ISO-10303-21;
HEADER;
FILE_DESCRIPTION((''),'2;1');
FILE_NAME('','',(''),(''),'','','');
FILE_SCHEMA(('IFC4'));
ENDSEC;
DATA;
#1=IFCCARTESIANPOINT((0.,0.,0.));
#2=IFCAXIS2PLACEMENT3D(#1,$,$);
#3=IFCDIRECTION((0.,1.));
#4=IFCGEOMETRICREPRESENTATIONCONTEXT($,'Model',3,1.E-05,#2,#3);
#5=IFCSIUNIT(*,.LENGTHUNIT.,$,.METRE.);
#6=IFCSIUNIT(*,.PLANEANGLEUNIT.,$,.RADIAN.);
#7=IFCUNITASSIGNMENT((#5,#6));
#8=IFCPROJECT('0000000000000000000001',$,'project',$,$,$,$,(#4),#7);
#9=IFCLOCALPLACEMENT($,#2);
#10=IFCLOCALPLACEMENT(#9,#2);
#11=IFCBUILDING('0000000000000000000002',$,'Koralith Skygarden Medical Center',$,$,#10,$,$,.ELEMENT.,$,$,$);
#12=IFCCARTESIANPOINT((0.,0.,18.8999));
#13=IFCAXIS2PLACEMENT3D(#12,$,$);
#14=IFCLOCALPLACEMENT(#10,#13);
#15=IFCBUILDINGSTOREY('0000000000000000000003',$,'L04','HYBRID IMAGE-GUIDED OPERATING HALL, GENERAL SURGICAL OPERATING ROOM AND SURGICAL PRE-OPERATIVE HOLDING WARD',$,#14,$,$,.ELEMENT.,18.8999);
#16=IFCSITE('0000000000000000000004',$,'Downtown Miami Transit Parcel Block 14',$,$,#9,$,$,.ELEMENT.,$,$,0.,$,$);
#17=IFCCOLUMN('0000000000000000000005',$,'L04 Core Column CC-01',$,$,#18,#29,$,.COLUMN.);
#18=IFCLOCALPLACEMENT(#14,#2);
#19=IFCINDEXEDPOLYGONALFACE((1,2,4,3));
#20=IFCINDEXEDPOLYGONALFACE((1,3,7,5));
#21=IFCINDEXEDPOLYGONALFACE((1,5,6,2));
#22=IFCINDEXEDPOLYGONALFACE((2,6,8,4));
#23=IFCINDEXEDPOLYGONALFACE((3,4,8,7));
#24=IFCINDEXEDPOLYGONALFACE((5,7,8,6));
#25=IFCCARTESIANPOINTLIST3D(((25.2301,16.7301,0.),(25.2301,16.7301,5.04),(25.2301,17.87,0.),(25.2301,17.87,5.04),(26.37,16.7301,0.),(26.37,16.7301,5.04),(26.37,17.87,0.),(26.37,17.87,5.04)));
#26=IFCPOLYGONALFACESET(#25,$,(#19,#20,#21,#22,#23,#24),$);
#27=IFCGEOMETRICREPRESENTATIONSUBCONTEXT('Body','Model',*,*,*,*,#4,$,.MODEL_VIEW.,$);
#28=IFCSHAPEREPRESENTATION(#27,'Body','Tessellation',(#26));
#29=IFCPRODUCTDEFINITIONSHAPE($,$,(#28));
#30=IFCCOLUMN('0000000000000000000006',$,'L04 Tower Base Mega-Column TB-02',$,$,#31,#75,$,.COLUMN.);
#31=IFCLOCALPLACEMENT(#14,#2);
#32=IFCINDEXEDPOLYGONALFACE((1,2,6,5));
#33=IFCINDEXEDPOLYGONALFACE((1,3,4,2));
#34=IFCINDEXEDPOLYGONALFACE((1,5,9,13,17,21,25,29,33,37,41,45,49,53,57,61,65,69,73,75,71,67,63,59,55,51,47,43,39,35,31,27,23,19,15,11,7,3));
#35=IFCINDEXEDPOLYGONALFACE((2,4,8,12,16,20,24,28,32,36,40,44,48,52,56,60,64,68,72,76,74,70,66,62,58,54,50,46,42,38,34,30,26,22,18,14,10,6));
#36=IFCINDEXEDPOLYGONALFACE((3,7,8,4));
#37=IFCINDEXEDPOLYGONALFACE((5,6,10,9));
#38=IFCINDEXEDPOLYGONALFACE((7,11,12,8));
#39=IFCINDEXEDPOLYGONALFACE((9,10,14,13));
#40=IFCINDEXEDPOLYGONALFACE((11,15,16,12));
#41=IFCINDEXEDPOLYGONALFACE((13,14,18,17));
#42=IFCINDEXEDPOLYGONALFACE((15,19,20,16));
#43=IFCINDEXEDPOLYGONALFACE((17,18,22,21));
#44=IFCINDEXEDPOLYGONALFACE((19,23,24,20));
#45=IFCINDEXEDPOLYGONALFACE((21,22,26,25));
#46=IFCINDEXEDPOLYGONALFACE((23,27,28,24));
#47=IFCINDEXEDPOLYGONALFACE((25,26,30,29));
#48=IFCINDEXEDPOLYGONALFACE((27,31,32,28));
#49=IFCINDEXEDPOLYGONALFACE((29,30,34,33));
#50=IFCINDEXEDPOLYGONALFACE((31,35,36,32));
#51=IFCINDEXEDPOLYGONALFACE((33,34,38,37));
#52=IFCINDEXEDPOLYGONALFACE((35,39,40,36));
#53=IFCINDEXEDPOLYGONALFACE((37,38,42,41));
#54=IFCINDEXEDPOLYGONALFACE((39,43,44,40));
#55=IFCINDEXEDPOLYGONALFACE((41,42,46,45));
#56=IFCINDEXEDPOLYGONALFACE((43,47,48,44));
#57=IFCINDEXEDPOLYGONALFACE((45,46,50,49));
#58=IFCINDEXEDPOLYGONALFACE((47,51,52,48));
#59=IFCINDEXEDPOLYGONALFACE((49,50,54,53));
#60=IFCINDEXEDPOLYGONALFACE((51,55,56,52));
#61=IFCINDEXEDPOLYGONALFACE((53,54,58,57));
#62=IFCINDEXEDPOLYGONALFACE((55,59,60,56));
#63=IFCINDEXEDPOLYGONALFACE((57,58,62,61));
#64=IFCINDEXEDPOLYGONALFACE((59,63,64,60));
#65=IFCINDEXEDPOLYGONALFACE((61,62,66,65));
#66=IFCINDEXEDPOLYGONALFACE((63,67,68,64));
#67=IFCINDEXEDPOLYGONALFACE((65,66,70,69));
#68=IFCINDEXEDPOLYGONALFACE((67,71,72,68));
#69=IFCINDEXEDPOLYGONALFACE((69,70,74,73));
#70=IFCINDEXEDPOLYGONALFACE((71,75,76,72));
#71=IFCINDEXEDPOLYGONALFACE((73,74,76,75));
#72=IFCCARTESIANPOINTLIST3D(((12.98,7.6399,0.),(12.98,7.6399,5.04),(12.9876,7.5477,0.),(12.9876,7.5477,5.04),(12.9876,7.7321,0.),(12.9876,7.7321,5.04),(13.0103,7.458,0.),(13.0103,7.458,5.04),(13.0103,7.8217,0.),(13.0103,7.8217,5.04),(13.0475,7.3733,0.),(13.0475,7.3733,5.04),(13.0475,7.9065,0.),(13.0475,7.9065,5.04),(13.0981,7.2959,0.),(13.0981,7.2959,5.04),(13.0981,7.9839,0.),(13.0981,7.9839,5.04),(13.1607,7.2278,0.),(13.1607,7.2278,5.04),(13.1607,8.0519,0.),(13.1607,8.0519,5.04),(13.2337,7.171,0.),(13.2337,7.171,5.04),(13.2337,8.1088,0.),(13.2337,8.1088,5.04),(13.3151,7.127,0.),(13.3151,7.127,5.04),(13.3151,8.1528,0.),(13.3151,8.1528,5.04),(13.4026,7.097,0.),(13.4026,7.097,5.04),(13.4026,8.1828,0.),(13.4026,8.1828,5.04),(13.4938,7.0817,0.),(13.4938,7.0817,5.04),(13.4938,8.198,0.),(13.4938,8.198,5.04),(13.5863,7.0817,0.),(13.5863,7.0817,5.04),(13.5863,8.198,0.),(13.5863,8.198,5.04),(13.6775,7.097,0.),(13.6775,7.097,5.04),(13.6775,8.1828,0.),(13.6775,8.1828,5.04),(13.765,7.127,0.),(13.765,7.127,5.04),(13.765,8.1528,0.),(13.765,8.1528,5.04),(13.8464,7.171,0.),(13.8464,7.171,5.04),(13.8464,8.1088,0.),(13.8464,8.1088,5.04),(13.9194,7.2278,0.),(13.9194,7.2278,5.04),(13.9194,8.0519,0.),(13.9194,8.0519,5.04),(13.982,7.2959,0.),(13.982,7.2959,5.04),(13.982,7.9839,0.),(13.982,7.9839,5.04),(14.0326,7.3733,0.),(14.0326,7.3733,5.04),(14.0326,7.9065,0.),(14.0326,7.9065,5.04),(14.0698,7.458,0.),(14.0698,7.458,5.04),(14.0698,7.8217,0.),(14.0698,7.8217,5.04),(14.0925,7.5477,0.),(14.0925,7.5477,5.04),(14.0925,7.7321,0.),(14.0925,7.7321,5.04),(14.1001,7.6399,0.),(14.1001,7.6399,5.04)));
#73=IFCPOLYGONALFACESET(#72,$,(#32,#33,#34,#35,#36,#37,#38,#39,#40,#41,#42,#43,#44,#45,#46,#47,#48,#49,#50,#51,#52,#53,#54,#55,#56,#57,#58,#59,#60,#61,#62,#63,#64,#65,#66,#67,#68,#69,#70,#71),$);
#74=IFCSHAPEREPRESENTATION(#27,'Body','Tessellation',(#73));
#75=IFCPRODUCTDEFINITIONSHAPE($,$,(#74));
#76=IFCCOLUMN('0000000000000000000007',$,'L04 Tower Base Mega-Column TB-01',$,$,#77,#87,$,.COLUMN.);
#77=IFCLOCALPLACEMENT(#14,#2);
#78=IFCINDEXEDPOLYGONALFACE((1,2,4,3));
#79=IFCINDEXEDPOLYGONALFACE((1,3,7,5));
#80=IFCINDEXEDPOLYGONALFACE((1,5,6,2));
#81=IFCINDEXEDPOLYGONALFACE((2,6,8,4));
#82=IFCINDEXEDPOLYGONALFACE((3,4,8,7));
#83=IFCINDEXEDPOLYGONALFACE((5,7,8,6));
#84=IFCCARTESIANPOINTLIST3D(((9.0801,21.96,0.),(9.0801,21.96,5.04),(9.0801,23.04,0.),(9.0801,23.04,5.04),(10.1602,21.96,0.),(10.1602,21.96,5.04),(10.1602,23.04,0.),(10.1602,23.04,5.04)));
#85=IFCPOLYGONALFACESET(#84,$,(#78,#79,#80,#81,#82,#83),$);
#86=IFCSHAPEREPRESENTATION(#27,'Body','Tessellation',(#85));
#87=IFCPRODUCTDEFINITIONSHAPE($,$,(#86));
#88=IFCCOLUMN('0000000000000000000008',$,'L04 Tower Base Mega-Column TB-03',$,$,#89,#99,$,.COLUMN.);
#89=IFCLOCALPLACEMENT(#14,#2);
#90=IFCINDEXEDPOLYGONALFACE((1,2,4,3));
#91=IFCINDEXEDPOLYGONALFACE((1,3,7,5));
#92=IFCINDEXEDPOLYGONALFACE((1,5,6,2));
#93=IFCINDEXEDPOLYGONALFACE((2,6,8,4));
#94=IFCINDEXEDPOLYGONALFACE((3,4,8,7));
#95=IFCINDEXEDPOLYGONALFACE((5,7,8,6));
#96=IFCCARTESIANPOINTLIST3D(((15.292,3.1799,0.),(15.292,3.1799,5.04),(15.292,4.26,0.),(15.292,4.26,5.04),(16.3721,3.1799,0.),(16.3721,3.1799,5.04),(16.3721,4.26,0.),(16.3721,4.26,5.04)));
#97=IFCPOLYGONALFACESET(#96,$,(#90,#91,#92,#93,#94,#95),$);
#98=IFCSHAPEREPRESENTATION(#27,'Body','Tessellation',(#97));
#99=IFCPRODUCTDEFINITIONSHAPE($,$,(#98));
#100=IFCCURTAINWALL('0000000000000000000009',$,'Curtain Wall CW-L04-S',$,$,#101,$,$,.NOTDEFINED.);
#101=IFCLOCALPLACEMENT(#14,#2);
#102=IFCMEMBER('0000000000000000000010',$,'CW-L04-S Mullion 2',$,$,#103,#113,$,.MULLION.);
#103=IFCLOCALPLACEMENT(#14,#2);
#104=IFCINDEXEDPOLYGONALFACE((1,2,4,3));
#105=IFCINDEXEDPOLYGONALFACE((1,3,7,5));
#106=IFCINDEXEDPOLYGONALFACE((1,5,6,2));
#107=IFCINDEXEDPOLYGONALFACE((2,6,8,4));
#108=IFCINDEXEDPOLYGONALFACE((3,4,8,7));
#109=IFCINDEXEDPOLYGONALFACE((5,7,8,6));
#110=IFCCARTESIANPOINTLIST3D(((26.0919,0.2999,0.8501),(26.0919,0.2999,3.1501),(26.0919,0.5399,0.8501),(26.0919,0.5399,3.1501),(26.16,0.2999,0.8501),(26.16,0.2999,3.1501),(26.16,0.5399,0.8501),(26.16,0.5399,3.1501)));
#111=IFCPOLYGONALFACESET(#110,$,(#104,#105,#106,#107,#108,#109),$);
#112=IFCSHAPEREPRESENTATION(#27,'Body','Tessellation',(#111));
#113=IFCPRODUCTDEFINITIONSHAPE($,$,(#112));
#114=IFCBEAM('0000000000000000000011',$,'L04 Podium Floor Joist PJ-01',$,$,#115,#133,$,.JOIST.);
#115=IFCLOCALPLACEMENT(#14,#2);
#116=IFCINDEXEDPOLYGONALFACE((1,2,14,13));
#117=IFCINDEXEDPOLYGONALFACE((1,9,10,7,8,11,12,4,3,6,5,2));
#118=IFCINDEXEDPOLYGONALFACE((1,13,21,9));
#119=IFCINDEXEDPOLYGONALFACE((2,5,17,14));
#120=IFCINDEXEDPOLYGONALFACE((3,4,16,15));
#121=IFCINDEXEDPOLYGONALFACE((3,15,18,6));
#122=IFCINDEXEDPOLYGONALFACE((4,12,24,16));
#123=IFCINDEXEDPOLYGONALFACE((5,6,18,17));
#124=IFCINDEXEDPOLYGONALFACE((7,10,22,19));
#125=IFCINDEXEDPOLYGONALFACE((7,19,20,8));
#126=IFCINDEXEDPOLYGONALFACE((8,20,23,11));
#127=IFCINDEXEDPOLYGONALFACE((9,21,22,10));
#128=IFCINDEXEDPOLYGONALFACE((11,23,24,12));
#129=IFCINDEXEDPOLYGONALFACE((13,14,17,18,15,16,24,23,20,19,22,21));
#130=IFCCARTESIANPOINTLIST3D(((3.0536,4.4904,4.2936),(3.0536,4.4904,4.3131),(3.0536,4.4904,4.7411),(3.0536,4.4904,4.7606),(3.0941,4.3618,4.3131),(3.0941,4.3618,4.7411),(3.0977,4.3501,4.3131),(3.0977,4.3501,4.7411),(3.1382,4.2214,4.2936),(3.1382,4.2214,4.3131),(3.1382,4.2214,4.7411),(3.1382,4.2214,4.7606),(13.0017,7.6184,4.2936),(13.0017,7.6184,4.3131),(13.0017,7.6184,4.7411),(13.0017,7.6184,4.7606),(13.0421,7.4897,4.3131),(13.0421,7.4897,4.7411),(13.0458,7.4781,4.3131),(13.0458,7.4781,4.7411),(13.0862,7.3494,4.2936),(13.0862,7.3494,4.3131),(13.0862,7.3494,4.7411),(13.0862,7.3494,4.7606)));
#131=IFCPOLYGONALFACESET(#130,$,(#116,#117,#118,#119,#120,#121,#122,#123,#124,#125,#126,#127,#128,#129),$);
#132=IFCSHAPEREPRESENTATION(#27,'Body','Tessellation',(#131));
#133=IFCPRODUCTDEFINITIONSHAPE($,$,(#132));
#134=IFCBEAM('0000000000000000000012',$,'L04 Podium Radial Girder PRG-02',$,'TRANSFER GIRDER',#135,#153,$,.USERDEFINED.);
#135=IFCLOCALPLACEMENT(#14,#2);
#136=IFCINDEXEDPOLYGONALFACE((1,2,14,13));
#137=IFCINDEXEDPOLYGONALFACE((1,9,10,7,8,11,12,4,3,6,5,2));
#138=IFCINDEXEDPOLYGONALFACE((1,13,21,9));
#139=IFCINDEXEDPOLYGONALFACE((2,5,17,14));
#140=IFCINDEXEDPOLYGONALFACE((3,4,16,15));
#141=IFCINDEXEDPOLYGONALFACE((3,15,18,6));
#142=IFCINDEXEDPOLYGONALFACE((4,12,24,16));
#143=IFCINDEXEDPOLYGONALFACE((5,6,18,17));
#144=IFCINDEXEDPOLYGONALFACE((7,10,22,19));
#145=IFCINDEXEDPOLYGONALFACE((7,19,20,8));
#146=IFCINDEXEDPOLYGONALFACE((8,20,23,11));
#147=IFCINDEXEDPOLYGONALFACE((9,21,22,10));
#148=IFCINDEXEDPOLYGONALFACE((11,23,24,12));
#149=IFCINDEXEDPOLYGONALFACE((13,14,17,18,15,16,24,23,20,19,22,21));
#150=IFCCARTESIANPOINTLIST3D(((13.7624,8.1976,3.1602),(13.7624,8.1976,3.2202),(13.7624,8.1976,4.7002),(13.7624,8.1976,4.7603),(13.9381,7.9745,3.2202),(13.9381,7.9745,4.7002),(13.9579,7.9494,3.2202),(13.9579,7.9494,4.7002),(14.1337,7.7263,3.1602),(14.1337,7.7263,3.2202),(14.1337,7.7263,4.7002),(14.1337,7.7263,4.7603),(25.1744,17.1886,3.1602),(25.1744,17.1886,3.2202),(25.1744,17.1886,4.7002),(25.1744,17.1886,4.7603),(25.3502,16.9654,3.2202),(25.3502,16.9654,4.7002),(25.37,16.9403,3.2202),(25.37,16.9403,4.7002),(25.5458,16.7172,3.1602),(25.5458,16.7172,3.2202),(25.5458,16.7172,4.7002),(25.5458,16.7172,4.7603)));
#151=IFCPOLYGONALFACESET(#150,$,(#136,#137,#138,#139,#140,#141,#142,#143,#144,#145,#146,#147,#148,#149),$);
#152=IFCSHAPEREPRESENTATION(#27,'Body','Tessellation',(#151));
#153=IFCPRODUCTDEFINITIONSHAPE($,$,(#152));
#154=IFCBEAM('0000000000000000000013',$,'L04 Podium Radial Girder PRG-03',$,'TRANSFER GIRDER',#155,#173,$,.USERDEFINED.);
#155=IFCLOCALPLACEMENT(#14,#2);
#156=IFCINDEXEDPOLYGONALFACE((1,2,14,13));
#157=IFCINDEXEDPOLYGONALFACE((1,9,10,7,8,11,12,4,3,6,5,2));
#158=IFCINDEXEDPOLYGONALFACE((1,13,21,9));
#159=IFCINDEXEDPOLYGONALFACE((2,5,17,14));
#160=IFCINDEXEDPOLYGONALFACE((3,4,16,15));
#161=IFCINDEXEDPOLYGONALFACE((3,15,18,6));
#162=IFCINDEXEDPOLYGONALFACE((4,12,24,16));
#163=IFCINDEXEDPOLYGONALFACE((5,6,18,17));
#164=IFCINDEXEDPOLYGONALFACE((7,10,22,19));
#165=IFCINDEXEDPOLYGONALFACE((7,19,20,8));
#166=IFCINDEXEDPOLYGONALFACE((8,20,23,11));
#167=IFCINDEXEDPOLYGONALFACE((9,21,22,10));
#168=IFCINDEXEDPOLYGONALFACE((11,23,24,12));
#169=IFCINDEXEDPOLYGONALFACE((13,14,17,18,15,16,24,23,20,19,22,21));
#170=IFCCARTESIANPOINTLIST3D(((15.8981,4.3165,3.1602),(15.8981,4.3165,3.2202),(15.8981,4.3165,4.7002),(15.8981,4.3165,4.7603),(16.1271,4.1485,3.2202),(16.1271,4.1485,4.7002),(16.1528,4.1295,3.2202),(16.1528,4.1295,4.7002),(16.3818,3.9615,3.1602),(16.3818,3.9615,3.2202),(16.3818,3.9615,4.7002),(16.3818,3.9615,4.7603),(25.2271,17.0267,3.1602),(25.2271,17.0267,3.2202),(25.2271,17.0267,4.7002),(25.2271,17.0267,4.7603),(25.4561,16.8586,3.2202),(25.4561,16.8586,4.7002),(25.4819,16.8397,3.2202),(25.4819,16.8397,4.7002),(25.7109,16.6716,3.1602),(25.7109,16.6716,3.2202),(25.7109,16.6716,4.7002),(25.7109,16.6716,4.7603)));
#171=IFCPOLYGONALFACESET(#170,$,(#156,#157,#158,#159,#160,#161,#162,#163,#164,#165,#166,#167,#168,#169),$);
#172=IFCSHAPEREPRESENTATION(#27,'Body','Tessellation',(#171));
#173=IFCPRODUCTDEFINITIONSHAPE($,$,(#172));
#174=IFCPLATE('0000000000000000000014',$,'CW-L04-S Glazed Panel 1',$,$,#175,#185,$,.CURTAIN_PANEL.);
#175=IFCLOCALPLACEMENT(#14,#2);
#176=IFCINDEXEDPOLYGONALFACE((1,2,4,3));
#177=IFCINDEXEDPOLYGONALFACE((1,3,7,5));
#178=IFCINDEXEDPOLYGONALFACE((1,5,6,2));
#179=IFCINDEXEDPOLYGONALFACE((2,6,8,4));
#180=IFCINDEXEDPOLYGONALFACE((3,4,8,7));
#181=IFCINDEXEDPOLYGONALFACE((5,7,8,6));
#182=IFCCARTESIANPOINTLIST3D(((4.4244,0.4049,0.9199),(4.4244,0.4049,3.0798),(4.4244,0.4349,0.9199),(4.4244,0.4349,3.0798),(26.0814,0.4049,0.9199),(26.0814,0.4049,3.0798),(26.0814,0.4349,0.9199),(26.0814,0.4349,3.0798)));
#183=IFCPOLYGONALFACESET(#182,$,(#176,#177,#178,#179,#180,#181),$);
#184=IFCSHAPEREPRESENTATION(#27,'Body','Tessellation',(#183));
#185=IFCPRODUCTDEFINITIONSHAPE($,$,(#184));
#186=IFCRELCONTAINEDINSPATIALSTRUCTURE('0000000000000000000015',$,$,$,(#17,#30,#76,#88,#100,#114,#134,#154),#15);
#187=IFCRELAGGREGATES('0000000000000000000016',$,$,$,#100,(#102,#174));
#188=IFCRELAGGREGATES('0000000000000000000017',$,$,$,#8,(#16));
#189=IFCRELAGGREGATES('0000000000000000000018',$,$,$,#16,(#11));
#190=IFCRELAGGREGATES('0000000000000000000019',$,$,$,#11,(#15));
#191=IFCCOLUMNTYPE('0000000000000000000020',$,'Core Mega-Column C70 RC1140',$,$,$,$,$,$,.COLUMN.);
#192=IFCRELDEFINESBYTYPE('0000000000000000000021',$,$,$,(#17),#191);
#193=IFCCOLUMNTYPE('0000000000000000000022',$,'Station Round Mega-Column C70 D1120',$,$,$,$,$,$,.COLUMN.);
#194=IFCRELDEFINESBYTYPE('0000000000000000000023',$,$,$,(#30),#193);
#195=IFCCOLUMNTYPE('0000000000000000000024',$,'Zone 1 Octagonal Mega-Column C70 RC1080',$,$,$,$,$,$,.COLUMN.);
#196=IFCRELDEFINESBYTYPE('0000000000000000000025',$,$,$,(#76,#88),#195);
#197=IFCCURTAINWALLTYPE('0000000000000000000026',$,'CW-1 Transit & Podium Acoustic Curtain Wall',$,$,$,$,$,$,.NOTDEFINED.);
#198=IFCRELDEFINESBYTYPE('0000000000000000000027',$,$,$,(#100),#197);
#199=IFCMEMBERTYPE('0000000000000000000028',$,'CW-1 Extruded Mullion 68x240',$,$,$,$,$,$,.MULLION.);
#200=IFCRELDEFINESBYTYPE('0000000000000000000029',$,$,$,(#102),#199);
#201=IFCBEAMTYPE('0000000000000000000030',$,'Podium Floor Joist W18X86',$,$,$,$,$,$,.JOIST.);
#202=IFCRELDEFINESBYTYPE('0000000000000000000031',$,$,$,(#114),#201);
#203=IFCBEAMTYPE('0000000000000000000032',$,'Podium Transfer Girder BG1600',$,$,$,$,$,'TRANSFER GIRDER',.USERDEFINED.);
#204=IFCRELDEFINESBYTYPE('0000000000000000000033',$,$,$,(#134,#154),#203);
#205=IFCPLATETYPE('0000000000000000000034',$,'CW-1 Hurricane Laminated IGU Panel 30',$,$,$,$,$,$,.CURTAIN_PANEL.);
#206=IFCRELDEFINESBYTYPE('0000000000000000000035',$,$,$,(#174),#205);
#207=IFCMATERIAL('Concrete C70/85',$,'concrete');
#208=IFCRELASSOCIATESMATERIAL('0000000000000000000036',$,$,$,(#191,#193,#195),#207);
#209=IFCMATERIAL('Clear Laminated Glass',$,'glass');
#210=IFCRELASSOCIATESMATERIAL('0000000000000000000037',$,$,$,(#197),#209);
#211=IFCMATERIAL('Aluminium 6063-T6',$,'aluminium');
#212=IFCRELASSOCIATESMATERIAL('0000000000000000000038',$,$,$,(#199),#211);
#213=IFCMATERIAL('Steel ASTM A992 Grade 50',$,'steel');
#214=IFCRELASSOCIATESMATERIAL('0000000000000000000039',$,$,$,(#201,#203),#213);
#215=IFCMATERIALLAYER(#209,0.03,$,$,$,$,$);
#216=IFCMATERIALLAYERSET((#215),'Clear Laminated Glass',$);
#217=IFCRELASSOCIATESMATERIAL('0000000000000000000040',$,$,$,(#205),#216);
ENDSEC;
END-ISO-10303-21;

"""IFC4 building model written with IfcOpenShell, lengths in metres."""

from ifc_helpers import new_model, si_unit, direction, frame, origin, origin_2d, place, context, subcontext, project, spatial, rectangle, circle, i_section, extrude, material, layer, layer_set, material_profile, profile_set, type_object, element, aggregate, save


model = new_model("IFC4")

# Units and contexts
model_context = context("Model", 3, precision=1e-05, world=origin(), true_north=direction((0.0, 1.0)))
body_context = subcontext(model_context, "Body", "Model", "MODEL_VIEW")
ifc_project = project(units=[si_unit("LENGTHUNIT", "METRE"), si_unit("PLANEANGLEUNIT", "RADIAN")], contexts=[model_context])

# Site, building, storey
site_placement = place(None, origin())
site = spatial("IfcSite", under=ifc_project, at=site_placement, Name="Downtown Miami Transit Parcel Block 14", CompositionType="ELEMENT", RefElevation=0.0)
building_placement = place(site_placement, origin())
building = spatial("IfcBuilding", under=site, at=building_placement, Name="Koralith Skygarden Medical Center", CompositionType="ELEMENT")
storey_placement = place(building_placement, frame((0.0, 0.0, 18.8999)))
storey = spatial("IfcBuildingStorey", under=building, at=storey_placement, Name="L04", Description="HYBRID IMAGE-GUIDED OPERATING HALL, GENERAL SURGICAL OPERATING ROOM AND SURGICAL PRE-OPERATIVE HOLDING WARD", CompositionType="ELEMENT", Elevation=18.8999)

# Columns
ifc_material_1 = material(Name="Concrete C70/85", Category="concrete")
ifc_material_profile_1 = material_profile(ifc_material_1, rectangle(XDim=1.1399, YDim=1.1399, at=origin_2d()), Name="RC1140X1140")
ifc_profile_set_1 = profile_set([ifc_material_profile_1], Name="Concrete C70/85")
column_type_1 = type_object("IfcColumnType", Name="Core Mega-Column C70 RC1140", PredefinedType="COLUMN", material=ifc_profile_set_1)
column_1_placement = place(storey_placement, frame((25.8, 17.3, 0.0), z_axis=(0.0, 0.0, 1.0), x_axis=(1.0, 0.0, 0.0)))
element("IfcColumn", 1, at=column_1_placement, inside=storey, type_object=column_type_1, Name="L04 Core Column CC-01", PredefinedType="COLUMN", context=body_context, shape_type="SweptSolid", body=[
    extrude(rectangle(XDim=1.1399, YDim=1.1399, at=origin_2d()), origin(), (0.0, 0.0, 1.0), 5.04),
])
ifc_material_profile_2 = material_profile(ifc_material_1, circle(Radius=0.5601, at=origin_2d()), Name="RCCOL1120")
ifc_profile_set_2 = profile_set([ifc_material_profile_2], Name="Concrete C70/85")
column_type_2 = type_object("IfcColumnType", Name="Station Round Mega-Column C70 D1120", PredefinedType="COLUMN", material=ifc_profile_set_2)
column_2_placement = place(storey_placement, frame((13.54, 7.6399, 0.0), z_axis=(0.0, 0.0, 1.0), x_axis=(1.0, 0.0, 0.0)))
element("IfcColumn", 2, at=column_2_placement, inside=storey, type_object=column_type_2, Name="L04 Tower Base Mega-Column TB-02", PredefinedType="COLUMN", context=body_context, shape_type="SweptSolid", body=[
    extrude(circle(Radius=0.5601, at=origin_2d()), origin(), (0.0, 0.0, 1.0), 5.04),
])
ifc_material_profile_3 = material_profile(ifc_material_1, rectangle(XDim=1.0801, YDim=1.0801, at=origin_2d()), Name="RC1080X1080")
ifc_profile_set_3 = profile_set([ifc_material_profile_3], Name="Concrete C70/85")
column_type_3 = type_object("IfcColumnType", Name="Zone 1 Octagonal Mega-Column C70 RC1080", PredefinedType="COLUMN", material=ifc_profile_set_3)
for number, where, z_axis, x_axis, name in (
    (3, (9.6201, 22.5, 0.0), (0.0, 0.0, 1.0), (1.0, 0.0, 0.0), "L04 Tower Base Mega-Column TB-01"),
    (4, (15.832, 3.72, 0.0), (0.0, 0.0, 1.0), (1.0, 0.0, 0.0), "L04 Tower Base Mega-Column TB-03"),
):
    element("IfcColumn", number, at=place(storey_placement, frame(where, z_axis=z_axis, x_axis=x_axis)), inside=storey, type_object=column_type_3, Name=name, PredefinedType="COLUMN", context=body_context, shape_type="SweptSolid", body=[
        extrude(rectangle(XDim=1.0801, YDim=1.0801, at=origin_2d()), origin(), (0.0, 0.0, 1.0), 5.04),
    ])

# Curtain wall, member
ifc_material_2 = material(Name="Clear Laminated Glass", Category="glass")
curtain_wall_type = type_object("IfcCurtainWallType", Name="CW-1 Transit & Podium Acoustic Curtain Wall", PredefinedType="NOTDEFINED", material=ifc_material_2)
curtain_wall_placement = place(storey_placement, origin())
curtain_wall = element("IfcCurtainWall", 5, at=curtain_wall_placement, inside=storey, type_object=curtain_wall_type, Name="Curtain Wall CW-L04-S", PredefinedType="NOTDEFINED")
ifc_material_3 = material(Name="Aluminium 6063-T6", Category="aluminium")
ifc_material_profile_4 = material_profile(ifc_material_3, rectangle(XDim=0.0681, YDim=0.24, at=origin_2d()), Name="MUL68X240")
ifc_profile_set_4 = profile_set([ifc_material_profile_4], Name="Aluminium 6063-T6")
member_type = type_object("IfcMemberType", Name="CW-1 Extruded Mullion 68x240", PredefinedType="MULLION", material=ifc_profile_set_4)
member_placement = place(storey_placement, frame((26.126, 0.4199, 0.8501), z_axis=(0.0, 0.0, 1.0), x_axis=(1.0, 0.0, 0.0)))
member = element("IfcMember", 6, at=member_placement, type_object=member_type, Name="CW-L04-S Mullion 2", PredefinedType="MULLION", context=body_context, shape_type="SweptSolid", body=[
    extrude(rectangle(XDim=0.0681, YDim=0.24, at=origin_2d()), origin(), (0.0, 0.0, 1.0), 2.3),
])

# Beams
ifc_material_4 = material(Name="Steel ASTM A992 Grade 50", Category="steel")
ifc_material_profile_5 = material_profile(ifc_material_4, i_section(OverallWidth=0.282, OverallDepth=0.467, WebThickness=0.0122, FlangeThickness=0.0195, at=origin_2d()), Name="W18X86")
ifc_profile_set_5 = profile_set([ifc_material_profile_5], Name="Steel ASTM A992 Grade 50")
beam_type_1 = type_object("IfcBeamType", Name="Podium Floor Joist W18X86", PredefinedType="JOIST", material=ifc_profile_set_5)
beam_1_placement = place(storey_placement, frame((13.0439, 7.4839, 4.5271), z_axis=(-0.953955, -0.29995, 0.0), x_axis=(0.29995, -0.953955, 0.0)))
element("IfcBeam", 7, at=beam_1_placement, inside=storey, type_object=beam_type_1, Name="L04 Podium Floor Joist PJ-01", PredefinedType="JOIST", context=body_context, shape_type="SweptSolid", body=[
    extrude(i_section(OverallWidth=0.282, OverallDepth=0.467, WebThickness=0.0122, FlangeThickness=0.0195, at=origin_2d()), origin(), (0.0, 0.0, 1.0), 10.4282),
])
ifc_material_profile_6 = material_profile(ifc_material_4, i_section(OverallWidth=0.6001, OverallDepth=1.6001, WebThickness=0.032, FlangeThickness=0.0601, at=origin_2d()), Name="BG1600X600X60X32")
ifc_profile_set_6 = profile_set([ifc_material_profile_6], Name="Steel ASTM A992 Grade 50")
beam_type_2 = type_object("IfcBeamType", Name="Podium Transfer Girder BG1600", ElementType="TRANSFER GIRDER", PredefinedType="USERDEFINED", material=ifc_profile_set_6)
beam_2_placement = place(storey_placement, frame((25.3601, 16.9529, 3.9602), z_axis=(-0.785505, -0.618856, 0.0), x_axis=(0.618856, -0.785505, 0.0)))
element("IfcBeam", 8, at=beam_2_placement, inside=storey, type_object=beam_type_2, Name="L04 Podium Radial Girder PRG-02", ObjectType="TRANSFER GIRDER", PredefinedType="USERDEFINED", context=body_context, shape_type="SweptSolid", body=[
    extrude(i_section(OverallWidth=0.6001, OverallDepth=1.6001, WebThickness=0.032, FlangeThickness=0.0601, at=origin_2d()), origin(), (0.0, 0.0, 1.0), 14.5283),
])
beam_3_placement = place(storey_placement, frame((25.469, 16.8491, 3.9602), z_axis=(-0.591705, -0.806154, 0.0), x_axis=(0.806154, -0.591705, 0.0)))
element("IfcBeam", 9, at=beam_3_placement, inside=storey, type_object=beam_type_2, Name="L04 Podium Radial Girder PRG-03", ObjectType="TRANSFER GIRDER", PredefinedType="USERDEFINED", context=body_context, shape_type="SweptSolid", body=[
    extrude(i_section(OverallWidth=0.6001, OverallDepth=1.6001, WebThickness=0.032, FlangeThickness=0.0601, at=origin_2d()), origin(), (0.0, 0.0, 1.0), 15.7664),
])

# Plate
ifc_layer_1 = layer(ifc_material_2, 0.03)
ifc_layer_set_1 = layer_set([ifc_layer_1], Name="Clear Laminated Glass")
plate_type = type_object("IfcPlateType", Name="CW-1 Hurricane Laminated IGU Panel 30", PredefinedType="CURTAIN_PANEL", material=ifc_layer_set_1)
plate_placement = place(storey_placement, frame((15.2529, 0.4199, 0.9199), z_axis=(0.0, 0.0, 1.0), x_axis=(1.0, 0.0, 0.0)))
plate = element("IfcPlate", 10, at=plate_placement, type_object=plate_type, Name="CW-L04-S Glazed Panel 1", PredefinedType="CURTAIN_PANEL", context=body_context, shape_type="SweptSolid", body=[
    extrude(rectangle(XDim=21.657, YDim=0.03, at=origin_2d()), origin(), (0.0, 0.0, 1.0), 2.1599),
])
aggregate(curtain_wall, [member, plate])

save(model, "model.ifc")
